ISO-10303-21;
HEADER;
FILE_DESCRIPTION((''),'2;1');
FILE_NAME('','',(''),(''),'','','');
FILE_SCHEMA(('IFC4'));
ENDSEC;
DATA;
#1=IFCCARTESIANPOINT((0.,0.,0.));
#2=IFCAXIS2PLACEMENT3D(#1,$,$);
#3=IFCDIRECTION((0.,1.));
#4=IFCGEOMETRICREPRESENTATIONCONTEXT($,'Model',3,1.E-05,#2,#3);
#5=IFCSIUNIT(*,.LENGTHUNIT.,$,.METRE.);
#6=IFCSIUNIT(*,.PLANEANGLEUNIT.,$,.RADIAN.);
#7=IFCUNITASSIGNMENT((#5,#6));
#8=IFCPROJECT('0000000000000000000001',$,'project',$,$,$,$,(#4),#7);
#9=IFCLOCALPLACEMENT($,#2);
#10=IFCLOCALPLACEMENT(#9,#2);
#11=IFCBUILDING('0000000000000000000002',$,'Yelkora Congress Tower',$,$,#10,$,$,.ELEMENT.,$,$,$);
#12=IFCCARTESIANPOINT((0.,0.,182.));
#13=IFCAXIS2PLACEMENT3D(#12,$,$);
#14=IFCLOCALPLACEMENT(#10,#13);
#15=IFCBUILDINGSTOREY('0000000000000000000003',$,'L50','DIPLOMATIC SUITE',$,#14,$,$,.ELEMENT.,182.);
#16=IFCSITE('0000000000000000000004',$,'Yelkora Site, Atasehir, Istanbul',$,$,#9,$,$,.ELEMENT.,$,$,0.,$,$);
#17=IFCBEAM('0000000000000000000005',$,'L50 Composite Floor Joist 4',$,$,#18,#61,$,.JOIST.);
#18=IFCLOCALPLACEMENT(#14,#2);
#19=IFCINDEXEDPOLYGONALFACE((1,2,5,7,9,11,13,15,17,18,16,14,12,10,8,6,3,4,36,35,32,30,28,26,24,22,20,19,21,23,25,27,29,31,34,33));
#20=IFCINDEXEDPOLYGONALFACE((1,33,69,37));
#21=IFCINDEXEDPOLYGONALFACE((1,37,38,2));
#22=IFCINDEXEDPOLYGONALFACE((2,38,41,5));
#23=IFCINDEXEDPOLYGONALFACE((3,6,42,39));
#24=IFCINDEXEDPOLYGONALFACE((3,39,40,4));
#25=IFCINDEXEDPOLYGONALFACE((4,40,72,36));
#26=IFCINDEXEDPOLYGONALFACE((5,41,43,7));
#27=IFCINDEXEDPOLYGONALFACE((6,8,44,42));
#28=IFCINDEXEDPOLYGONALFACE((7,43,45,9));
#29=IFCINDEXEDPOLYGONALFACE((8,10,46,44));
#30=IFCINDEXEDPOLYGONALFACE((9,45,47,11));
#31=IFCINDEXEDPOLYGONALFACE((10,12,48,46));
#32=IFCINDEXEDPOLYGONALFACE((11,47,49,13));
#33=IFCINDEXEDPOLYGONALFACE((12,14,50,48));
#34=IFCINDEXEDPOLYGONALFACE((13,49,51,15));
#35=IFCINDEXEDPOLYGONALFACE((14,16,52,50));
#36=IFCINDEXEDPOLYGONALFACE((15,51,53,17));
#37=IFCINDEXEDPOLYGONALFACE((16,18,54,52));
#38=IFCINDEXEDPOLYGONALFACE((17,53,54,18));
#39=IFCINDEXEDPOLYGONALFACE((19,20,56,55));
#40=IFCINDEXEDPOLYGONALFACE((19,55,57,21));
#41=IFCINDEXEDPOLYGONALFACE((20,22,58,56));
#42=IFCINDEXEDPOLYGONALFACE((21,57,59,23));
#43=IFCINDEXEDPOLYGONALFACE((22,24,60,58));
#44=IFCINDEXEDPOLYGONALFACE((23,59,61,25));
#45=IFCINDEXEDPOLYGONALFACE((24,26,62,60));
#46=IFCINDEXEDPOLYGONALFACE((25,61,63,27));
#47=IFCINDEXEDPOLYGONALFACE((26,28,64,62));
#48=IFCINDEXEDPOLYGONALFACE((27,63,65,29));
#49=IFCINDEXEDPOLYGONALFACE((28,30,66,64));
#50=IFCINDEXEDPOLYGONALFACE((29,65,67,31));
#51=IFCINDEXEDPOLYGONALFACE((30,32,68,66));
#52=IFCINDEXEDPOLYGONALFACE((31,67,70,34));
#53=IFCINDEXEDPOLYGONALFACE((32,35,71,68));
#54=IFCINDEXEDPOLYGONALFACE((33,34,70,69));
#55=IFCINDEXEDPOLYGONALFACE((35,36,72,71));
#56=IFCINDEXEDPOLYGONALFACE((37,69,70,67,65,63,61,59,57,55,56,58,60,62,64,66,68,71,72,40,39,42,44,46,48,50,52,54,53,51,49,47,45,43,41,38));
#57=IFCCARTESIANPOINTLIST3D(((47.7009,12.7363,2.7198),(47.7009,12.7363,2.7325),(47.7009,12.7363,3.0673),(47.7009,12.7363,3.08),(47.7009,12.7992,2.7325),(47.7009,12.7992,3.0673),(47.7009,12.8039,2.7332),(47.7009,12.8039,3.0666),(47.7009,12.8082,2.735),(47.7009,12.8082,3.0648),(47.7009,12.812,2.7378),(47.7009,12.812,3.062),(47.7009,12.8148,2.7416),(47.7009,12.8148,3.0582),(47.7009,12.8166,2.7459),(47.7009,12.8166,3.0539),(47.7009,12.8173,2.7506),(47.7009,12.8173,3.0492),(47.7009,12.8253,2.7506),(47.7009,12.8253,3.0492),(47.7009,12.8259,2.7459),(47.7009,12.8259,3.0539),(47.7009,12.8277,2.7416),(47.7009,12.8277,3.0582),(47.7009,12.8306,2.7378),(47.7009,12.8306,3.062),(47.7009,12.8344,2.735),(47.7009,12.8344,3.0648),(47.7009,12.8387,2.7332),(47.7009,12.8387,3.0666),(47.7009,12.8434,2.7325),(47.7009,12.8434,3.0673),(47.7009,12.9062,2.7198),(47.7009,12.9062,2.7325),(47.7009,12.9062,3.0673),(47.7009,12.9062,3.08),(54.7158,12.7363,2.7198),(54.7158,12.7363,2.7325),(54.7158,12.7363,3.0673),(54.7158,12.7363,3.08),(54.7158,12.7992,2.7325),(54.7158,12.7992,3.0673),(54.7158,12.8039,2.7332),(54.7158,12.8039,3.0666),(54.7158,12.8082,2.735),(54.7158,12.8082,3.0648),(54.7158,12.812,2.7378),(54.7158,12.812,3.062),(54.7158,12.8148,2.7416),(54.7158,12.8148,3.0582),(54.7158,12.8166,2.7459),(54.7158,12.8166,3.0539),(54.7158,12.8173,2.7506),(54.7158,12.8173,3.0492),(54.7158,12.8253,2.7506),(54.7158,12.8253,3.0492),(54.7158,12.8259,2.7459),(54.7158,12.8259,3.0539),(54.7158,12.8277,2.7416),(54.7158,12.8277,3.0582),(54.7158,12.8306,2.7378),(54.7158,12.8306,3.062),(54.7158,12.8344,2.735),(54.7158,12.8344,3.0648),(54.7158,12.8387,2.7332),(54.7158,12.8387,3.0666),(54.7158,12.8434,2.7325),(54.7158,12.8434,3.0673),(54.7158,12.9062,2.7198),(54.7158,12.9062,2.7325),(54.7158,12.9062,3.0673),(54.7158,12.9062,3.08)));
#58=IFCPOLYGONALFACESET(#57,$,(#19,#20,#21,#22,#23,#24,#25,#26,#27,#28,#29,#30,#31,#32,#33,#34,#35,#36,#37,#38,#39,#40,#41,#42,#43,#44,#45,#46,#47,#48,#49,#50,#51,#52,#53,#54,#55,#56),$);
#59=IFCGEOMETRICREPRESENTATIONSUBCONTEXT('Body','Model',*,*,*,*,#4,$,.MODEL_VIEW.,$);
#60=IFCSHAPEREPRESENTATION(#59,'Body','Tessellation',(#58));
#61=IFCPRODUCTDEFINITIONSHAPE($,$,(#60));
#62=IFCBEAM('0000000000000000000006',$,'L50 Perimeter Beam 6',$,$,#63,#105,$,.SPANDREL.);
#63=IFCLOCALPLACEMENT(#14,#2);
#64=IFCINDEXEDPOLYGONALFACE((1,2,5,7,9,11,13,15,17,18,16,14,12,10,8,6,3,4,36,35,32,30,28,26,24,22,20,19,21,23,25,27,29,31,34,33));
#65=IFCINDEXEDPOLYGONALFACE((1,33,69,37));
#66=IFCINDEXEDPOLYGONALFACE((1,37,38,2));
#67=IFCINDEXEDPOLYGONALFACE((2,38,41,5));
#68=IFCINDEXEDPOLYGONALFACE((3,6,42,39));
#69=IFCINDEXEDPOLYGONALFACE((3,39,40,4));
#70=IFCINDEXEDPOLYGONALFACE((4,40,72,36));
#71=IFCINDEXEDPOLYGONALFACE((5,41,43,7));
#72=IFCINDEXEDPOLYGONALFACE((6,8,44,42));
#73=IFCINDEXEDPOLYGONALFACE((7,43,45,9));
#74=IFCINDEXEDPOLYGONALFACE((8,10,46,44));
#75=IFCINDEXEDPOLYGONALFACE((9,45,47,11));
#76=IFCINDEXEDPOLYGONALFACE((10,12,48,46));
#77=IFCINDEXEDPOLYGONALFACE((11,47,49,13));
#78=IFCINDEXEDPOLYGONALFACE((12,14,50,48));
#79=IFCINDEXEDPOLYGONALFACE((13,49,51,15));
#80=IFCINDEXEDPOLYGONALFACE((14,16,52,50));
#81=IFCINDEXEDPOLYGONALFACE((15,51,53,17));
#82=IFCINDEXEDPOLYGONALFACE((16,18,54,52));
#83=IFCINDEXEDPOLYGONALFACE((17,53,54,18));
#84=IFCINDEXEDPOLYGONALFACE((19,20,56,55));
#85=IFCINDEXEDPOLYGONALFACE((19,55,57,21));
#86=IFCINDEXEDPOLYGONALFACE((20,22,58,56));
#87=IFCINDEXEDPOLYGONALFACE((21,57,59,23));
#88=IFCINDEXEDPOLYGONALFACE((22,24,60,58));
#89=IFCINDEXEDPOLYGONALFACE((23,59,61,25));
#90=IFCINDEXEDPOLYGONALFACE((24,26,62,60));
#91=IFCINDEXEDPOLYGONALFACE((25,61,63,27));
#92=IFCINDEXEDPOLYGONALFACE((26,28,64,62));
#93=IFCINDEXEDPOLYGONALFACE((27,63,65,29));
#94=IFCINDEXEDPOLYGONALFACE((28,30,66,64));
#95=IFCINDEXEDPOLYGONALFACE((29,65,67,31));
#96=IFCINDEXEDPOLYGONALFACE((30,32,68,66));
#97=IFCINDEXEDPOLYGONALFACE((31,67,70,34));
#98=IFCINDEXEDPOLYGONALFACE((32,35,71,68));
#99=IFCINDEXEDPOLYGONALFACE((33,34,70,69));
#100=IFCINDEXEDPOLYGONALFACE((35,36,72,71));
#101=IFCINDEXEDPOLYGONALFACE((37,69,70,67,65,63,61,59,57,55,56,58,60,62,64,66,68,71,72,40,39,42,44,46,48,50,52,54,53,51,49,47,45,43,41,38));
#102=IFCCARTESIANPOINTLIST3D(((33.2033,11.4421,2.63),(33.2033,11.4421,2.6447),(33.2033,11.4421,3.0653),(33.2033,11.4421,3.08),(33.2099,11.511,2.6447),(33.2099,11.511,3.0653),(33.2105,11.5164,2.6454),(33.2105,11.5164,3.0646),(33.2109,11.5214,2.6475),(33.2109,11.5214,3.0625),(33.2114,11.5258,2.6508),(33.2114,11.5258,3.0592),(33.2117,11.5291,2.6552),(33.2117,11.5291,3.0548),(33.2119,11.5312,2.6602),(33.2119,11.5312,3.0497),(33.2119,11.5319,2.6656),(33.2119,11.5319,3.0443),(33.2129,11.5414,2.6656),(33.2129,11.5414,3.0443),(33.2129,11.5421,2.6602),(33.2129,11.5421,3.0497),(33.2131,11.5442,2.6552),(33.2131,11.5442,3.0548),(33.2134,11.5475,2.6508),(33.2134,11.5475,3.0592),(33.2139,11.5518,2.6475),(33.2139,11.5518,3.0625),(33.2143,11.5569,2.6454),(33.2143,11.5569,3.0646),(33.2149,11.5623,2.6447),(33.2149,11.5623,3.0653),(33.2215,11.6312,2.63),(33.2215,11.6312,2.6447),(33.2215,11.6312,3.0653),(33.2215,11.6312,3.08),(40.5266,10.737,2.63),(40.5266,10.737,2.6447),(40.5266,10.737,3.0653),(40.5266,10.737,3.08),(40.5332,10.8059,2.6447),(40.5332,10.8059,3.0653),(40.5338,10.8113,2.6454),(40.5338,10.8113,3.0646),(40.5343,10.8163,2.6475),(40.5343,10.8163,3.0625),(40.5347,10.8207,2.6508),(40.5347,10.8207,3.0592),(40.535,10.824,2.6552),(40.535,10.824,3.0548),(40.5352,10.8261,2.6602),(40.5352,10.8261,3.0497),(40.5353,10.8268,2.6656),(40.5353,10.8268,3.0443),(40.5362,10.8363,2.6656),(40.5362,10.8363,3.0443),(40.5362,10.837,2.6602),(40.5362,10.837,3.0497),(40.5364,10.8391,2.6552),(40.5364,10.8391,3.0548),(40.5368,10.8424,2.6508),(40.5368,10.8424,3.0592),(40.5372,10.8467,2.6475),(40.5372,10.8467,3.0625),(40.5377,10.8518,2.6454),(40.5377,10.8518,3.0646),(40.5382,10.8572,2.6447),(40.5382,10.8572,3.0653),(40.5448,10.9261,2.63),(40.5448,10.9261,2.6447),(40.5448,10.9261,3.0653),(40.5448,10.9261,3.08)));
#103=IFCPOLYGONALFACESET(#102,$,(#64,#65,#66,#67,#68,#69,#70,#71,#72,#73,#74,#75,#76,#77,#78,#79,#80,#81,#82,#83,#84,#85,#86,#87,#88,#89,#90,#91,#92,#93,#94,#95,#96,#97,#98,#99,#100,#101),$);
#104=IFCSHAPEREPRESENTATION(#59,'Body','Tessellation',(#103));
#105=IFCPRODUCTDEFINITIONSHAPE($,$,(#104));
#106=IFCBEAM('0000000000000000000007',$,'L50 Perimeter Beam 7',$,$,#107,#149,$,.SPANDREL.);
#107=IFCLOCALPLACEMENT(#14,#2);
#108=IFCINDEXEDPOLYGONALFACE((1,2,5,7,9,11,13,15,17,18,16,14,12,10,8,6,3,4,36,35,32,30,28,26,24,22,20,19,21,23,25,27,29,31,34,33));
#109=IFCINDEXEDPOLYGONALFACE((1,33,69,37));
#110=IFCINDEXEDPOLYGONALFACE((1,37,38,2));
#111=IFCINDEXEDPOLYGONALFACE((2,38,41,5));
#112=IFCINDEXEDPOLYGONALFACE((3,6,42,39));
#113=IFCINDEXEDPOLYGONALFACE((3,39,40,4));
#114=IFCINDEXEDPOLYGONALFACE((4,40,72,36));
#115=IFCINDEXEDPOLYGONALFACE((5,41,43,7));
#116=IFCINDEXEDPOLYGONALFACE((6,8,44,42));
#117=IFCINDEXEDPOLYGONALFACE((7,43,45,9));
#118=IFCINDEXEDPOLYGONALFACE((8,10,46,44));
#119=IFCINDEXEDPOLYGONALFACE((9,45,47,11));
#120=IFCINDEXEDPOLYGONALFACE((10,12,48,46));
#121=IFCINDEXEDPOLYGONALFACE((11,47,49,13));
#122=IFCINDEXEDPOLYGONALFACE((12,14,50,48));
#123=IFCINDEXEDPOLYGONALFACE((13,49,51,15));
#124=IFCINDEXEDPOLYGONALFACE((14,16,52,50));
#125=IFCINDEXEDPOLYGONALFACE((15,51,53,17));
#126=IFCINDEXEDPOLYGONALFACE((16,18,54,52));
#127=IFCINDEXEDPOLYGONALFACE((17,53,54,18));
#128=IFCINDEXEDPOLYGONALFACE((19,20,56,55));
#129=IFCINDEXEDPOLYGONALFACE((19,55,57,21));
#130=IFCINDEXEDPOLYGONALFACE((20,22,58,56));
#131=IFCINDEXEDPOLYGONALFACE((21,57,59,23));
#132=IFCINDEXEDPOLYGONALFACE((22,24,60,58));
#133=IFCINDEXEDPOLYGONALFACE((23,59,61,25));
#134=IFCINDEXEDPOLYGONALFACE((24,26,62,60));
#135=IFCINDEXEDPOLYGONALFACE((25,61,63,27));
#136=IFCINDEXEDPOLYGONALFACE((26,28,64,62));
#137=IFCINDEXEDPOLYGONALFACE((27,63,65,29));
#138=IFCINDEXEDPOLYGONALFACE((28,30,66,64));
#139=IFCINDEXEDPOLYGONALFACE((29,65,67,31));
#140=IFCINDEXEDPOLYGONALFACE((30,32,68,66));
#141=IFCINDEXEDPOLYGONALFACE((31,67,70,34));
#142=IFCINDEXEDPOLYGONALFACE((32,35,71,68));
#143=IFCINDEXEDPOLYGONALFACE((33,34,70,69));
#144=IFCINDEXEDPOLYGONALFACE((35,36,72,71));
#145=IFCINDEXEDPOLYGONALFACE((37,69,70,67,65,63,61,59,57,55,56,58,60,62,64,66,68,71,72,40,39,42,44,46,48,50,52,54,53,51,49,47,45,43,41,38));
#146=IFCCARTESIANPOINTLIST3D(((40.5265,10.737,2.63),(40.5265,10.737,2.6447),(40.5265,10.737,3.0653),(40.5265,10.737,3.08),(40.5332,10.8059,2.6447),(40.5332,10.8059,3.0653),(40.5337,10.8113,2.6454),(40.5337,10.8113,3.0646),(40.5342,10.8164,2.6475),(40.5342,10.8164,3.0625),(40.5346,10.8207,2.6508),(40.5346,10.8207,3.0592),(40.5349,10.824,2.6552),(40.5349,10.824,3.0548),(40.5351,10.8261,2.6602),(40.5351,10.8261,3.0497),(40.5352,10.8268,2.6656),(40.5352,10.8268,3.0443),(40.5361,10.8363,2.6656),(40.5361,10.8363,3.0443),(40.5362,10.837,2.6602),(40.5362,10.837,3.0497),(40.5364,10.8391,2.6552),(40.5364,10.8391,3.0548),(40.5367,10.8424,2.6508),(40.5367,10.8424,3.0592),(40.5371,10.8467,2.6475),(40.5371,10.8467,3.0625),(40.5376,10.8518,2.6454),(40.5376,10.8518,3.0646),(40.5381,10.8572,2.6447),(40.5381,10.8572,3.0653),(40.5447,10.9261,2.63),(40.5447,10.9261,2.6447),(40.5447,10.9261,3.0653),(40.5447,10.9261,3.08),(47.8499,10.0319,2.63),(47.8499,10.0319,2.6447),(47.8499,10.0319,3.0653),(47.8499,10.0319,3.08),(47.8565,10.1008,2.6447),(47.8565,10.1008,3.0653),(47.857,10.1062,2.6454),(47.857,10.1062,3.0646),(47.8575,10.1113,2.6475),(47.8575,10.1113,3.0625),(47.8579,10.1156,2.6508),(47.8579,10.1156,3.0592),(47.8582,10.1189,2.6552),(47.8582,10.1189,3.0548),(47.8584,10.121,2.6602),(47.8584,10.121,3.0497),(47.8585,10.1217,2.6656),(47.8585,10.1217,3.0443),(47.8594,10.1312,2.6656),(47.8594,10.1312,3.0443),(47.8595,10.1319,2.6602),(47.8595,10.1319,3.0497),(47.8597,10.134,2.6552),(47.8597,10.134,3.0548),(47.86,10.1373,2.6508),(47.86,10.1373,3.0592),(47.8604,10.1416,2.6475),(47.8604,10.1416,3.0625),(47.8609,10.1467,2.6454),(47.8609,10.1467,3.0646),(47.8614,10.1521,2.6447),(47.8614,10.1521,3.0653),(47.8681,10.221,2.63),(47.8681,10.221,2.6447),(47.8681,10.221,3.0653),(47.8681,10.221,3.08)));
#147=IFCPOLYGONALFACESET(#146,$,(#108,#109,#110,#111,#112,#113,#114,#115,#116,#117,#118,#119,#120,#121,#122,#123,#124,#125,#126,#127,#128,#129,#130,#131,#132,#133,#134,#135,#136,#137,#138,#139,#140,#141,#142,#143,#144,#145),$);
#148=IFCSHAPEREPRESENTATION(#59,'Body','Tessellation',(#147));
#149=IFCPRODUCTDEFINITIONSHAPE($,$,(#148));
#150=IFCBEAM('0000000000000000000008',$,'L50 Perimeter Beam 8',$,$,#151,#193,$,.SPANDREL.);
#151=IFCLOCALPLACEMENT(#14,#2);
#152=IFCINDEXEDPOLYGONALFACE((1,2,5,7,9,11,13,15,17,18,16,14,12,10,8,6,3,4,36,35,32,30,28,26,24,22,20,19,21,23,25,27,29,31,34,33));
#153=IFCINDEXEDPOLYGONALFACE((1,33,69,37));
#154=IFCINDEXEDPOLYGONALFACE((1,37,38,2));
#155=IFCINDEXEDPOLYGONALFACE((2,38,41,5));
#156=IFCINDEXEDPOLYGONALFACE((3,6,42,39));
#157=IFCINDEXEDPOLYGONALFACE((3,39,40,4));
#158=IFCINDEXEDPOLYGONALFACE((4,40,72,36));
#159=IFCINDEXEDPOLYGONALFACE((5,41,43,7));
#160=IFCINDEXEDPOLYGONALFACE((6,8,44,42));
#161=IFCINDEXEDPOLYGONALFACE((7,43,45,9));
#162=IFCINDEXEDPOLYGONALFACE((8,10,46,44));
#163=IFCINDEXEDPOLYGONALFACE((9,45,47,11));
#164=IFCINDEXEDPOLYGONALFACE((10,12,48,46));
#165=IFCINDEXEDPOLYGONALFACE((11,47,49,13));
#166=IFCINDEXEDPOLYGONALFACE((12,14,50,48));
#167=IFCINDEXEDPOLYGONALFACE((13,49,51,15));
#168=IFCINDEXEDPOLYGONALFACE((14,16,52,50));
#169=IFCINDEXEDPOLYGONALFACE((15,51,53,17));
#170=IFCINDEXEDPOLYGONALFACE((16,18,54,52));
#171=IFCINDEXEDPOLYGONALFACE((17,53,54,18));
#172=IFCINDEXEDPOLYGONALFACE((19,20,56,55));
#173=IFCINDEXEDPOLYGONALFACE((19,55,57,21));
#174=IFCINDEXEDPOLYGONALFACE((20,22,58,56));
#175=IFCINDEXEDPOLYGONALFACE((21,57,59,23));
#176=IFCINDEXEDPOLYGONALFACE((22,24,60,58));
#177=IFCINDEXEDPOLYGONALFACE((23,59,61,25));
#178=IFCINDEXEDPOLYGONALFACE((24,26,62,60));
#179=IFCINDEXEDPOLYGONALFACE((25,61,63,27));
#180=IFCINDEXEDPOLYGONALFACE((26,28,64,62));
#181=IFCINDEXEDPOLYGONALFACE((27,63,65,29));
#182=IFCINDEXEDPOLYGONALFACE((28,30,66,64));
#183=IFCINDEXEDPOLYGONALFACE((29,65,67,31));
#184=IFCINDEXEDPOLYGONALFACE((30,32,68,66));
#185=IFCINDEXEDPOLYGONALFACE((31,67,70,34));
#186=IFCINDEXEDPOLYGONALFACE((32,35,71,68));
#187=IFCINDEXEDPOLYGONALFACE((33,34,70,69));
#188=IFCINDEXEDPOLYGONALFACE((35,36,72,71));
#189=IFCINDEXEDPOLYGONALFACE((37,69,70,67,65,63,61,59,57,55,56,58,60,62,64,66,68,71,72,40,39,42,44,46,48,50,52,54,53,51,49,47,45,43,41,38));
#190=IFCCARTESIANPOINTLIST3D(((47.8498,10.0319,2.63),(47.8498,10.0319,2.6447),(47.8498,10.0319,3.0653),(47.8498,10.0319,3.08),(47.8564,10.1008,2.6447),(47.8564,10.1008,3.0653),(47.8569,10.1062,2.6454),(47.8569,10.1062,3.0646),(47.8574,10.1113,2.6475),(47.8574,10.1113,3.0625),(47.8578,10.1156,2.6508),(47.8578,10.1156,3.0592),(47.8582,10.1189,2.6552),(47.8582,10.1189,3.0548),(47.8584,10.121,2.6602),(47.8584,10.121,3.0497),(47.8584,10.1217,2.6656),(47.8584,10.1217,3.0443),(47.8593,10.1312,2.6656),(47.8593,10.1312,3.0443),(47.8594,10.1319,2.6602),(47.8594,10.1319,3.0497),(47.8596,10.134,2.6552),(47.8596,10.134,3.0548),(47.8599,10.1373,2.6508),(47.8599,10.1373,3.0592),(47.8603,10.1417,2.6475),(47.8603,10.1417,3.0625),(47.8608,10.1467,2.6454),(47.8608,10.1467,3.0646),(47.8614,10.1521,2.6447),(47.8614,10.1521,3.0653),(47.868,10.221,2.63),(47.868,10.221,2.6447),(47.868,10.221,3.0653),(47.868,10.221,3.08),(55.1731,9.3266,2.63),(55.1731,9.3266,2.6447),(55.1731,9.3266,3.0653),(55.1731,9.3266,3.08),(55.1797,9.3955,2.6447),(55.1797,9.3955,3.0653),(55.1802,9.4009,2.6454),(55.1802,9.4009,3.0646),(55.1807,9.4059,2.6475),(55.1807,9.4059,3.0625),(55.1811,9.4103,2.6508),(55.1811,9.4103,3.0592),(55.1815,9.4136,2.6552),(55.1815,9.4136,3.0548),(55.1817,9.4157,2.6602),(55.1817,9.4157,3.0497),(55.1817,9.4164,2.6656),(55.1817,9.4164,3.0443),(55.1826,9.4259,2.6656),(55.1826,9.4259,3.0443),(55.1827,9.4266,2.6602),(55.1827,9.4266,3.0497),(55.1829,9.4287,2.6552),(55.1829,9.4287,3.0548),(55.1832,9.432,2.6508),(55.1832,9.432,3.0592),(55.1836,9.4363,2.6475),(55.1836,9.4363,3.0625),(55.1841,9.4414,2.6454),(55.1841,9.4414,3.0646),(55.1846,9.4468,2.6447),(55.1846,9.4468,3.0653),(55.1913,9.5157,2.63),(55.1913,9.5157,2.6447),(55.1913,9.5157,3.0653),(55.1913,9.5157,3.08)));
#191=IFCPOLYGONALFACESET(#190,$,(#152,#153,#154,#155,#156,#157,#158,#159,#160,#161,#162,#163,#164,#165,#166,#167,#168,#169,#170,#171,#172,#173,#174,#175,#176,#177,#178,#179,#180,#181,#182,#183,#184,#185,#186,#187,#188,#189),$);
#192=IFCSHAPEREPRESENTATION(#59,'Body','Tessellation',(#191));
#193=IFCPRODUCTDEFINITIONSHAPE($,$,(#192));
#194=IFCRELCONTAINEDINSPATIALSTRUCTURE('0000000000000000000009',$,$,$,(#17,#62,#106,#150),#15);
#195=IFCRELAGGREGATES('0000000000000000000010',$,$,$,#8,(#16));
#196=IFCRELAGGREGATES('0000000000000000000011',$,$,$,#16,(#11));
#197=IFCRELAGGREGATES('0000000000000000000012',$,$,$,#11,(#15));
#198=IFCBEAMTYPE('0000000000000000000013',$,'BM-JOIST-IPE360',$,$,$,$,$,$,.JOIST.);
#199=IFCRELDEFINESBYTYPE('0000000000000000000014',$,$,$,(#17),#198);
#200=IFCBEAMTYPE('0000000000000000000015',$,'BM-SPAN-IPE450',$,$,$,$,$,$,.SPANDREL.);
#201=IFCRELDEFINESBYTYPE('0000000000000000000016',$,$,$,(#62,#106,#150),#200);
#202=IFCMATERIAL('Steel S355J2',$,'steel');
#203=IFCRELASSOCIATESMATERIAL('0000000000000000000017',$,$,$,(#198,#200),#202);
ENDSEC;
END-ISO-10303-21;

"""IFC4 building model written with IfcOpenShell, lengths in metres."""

from ifc_helpers import new_model, si_unit, direction, frame, origin, origin_2d, place, context, subcontext, project, spatial, i_section, extrude, material, material_profile, profile_set, type_object, element, save


model = new_model("IFC4")

# Units and contexts
model_context = context("Model", 3, precision=1e-05, world=origin(), true_north=direction((0.0, 1.0)))
body_context = subcontext(model_context, "Body", "Model", "MODEL_VIEW")
ifc_project = project(units=[si_unit("LENGTHUNIT", "METRE"), si_unit("PLANEANGLEUNIT", "RADIAN")], contexts=[model_context])

# Site, building, storey
site_placement = place(None, origin())
site = spatial("IfcSite", under=ifc_project, at=site_placement, Name="Yelkora Site, Atasehir, Istanbul", CompositionType="ELEMENT", RefElevation=0.0)
building_placement = place(site_placement, origin())
building = spatial("IfcBuilding", under=site, at=building_placement, Name="Yelkora Congress Tower", CompositionType="ELEMENT")
storey_placement = place(building_placement, frame((0.0, 0.0, 182.0)))
storey = spatial("IfcBuildingStorey", under=building, at=storey_placement, Name="L50", Description="DIPLOMATIC SUITE", CompositionType="ELEMENT", Elevation=182.0)

# Beams
ifc_material_1 = material(Name="Steel S355J2", Category="steel")
ifc_material_profile_1 = material_profile(ifc_material_1, i_section(OverallWidth=0.1699, OverallDepth=0.3601, WebThickness=0.0081, FlangeThickness=0.0127, FilletRadius=0.0181, at=origin_2d()), Name="IPE 360")
ifc_profile_set_1 = profile_set([ifc_material_profile_1], Name="Steel S355J2")
beam_type_1 = type_object("IfcBeamType", Name="BM-JOIST-IPE360", PredefinedType="JOIST", material=ifc_profile_set_1)
beam_1_placement = place(storey_placement, frame((47.7009, 12.8213, 2.8999), z_axis=(1.0, 0.0, 0.0), x_axis=(0.0, 1.0, 0.0)))
element("IfcBeam", 1, at=beam_1_placement, inside=storey, type_object=beam_type_1, Name="L50 Composite Floor Joist 4", PredefinedType="JOIST", context=body_context, shape_type="SweptSolid", body=[
    extrude(i_section(OverallWidth=0.1699, OverallDepth=0.3601, WebThickness=0.0081, FlangeThickness=0.0127, FilletRadius=0.0181, at=origin_2d()), origin(), (0.0, 0.0, 1.0), 7.0149),
])
ifc_material_profile_2 = material_profile(ifc_material_1, i_section(OverallWidth=0.1899, OverallDepth=0.45, WebThickness=0.0095, FlangeThickness=0.0146, FilletRadius=0.021, at=origin_2d()), Name="IPE 450")
ifc_profile_set_2 = profile_set([ifc_material_profile_2], Name="Steel S355J2")
beam_type_2 = type_object("IfcBeamType", Name="BM-SPAN-IPE450", PredefinedType="SPANDREL", material=ifc_profile_set_2)
for number, where, z_axis, x_axis, name in (
    (2, (33.2124, 11.5366, 2.855), (0.995397, -0.095836, 0.0), (0.095836, 0.995397, 0.0), "L50 Perimeter Beam 6"),
    (3, (40.5356, 10.8315, 2.855), (0.995397, -0.095836, 0.0), (0.095836, 0.995397, 0.0), "L50 Perimeter Beam 7"),
    (4, (47.8589, 10.1265, 2.855), (0.995394, -0.095869, 0.0), (0.095869, 0.995394, 0.0), "L50 Perimeter Beam 8"),
):
    element("IfcBeam", number, at=place(storey_placement, frame(where, z_axis=z_axis, x_axis=x_axis)), inside=storey, type_object=beam_type_2, Name=name, PredefinedType="SPANDREL", context=body_context, shape_type="SweptSolid", body=[
        extrude(i_section(OverallWidth=0.1899, OverallDepth=0.45, WebThickness=0.0095, FlangeThickness=0.0146, FilletRadius=0.021, at=origin_2d()), origin(), (0.0, 0.0, 1.0), 7.3572),
    ])

save(model, "model.ifc")
